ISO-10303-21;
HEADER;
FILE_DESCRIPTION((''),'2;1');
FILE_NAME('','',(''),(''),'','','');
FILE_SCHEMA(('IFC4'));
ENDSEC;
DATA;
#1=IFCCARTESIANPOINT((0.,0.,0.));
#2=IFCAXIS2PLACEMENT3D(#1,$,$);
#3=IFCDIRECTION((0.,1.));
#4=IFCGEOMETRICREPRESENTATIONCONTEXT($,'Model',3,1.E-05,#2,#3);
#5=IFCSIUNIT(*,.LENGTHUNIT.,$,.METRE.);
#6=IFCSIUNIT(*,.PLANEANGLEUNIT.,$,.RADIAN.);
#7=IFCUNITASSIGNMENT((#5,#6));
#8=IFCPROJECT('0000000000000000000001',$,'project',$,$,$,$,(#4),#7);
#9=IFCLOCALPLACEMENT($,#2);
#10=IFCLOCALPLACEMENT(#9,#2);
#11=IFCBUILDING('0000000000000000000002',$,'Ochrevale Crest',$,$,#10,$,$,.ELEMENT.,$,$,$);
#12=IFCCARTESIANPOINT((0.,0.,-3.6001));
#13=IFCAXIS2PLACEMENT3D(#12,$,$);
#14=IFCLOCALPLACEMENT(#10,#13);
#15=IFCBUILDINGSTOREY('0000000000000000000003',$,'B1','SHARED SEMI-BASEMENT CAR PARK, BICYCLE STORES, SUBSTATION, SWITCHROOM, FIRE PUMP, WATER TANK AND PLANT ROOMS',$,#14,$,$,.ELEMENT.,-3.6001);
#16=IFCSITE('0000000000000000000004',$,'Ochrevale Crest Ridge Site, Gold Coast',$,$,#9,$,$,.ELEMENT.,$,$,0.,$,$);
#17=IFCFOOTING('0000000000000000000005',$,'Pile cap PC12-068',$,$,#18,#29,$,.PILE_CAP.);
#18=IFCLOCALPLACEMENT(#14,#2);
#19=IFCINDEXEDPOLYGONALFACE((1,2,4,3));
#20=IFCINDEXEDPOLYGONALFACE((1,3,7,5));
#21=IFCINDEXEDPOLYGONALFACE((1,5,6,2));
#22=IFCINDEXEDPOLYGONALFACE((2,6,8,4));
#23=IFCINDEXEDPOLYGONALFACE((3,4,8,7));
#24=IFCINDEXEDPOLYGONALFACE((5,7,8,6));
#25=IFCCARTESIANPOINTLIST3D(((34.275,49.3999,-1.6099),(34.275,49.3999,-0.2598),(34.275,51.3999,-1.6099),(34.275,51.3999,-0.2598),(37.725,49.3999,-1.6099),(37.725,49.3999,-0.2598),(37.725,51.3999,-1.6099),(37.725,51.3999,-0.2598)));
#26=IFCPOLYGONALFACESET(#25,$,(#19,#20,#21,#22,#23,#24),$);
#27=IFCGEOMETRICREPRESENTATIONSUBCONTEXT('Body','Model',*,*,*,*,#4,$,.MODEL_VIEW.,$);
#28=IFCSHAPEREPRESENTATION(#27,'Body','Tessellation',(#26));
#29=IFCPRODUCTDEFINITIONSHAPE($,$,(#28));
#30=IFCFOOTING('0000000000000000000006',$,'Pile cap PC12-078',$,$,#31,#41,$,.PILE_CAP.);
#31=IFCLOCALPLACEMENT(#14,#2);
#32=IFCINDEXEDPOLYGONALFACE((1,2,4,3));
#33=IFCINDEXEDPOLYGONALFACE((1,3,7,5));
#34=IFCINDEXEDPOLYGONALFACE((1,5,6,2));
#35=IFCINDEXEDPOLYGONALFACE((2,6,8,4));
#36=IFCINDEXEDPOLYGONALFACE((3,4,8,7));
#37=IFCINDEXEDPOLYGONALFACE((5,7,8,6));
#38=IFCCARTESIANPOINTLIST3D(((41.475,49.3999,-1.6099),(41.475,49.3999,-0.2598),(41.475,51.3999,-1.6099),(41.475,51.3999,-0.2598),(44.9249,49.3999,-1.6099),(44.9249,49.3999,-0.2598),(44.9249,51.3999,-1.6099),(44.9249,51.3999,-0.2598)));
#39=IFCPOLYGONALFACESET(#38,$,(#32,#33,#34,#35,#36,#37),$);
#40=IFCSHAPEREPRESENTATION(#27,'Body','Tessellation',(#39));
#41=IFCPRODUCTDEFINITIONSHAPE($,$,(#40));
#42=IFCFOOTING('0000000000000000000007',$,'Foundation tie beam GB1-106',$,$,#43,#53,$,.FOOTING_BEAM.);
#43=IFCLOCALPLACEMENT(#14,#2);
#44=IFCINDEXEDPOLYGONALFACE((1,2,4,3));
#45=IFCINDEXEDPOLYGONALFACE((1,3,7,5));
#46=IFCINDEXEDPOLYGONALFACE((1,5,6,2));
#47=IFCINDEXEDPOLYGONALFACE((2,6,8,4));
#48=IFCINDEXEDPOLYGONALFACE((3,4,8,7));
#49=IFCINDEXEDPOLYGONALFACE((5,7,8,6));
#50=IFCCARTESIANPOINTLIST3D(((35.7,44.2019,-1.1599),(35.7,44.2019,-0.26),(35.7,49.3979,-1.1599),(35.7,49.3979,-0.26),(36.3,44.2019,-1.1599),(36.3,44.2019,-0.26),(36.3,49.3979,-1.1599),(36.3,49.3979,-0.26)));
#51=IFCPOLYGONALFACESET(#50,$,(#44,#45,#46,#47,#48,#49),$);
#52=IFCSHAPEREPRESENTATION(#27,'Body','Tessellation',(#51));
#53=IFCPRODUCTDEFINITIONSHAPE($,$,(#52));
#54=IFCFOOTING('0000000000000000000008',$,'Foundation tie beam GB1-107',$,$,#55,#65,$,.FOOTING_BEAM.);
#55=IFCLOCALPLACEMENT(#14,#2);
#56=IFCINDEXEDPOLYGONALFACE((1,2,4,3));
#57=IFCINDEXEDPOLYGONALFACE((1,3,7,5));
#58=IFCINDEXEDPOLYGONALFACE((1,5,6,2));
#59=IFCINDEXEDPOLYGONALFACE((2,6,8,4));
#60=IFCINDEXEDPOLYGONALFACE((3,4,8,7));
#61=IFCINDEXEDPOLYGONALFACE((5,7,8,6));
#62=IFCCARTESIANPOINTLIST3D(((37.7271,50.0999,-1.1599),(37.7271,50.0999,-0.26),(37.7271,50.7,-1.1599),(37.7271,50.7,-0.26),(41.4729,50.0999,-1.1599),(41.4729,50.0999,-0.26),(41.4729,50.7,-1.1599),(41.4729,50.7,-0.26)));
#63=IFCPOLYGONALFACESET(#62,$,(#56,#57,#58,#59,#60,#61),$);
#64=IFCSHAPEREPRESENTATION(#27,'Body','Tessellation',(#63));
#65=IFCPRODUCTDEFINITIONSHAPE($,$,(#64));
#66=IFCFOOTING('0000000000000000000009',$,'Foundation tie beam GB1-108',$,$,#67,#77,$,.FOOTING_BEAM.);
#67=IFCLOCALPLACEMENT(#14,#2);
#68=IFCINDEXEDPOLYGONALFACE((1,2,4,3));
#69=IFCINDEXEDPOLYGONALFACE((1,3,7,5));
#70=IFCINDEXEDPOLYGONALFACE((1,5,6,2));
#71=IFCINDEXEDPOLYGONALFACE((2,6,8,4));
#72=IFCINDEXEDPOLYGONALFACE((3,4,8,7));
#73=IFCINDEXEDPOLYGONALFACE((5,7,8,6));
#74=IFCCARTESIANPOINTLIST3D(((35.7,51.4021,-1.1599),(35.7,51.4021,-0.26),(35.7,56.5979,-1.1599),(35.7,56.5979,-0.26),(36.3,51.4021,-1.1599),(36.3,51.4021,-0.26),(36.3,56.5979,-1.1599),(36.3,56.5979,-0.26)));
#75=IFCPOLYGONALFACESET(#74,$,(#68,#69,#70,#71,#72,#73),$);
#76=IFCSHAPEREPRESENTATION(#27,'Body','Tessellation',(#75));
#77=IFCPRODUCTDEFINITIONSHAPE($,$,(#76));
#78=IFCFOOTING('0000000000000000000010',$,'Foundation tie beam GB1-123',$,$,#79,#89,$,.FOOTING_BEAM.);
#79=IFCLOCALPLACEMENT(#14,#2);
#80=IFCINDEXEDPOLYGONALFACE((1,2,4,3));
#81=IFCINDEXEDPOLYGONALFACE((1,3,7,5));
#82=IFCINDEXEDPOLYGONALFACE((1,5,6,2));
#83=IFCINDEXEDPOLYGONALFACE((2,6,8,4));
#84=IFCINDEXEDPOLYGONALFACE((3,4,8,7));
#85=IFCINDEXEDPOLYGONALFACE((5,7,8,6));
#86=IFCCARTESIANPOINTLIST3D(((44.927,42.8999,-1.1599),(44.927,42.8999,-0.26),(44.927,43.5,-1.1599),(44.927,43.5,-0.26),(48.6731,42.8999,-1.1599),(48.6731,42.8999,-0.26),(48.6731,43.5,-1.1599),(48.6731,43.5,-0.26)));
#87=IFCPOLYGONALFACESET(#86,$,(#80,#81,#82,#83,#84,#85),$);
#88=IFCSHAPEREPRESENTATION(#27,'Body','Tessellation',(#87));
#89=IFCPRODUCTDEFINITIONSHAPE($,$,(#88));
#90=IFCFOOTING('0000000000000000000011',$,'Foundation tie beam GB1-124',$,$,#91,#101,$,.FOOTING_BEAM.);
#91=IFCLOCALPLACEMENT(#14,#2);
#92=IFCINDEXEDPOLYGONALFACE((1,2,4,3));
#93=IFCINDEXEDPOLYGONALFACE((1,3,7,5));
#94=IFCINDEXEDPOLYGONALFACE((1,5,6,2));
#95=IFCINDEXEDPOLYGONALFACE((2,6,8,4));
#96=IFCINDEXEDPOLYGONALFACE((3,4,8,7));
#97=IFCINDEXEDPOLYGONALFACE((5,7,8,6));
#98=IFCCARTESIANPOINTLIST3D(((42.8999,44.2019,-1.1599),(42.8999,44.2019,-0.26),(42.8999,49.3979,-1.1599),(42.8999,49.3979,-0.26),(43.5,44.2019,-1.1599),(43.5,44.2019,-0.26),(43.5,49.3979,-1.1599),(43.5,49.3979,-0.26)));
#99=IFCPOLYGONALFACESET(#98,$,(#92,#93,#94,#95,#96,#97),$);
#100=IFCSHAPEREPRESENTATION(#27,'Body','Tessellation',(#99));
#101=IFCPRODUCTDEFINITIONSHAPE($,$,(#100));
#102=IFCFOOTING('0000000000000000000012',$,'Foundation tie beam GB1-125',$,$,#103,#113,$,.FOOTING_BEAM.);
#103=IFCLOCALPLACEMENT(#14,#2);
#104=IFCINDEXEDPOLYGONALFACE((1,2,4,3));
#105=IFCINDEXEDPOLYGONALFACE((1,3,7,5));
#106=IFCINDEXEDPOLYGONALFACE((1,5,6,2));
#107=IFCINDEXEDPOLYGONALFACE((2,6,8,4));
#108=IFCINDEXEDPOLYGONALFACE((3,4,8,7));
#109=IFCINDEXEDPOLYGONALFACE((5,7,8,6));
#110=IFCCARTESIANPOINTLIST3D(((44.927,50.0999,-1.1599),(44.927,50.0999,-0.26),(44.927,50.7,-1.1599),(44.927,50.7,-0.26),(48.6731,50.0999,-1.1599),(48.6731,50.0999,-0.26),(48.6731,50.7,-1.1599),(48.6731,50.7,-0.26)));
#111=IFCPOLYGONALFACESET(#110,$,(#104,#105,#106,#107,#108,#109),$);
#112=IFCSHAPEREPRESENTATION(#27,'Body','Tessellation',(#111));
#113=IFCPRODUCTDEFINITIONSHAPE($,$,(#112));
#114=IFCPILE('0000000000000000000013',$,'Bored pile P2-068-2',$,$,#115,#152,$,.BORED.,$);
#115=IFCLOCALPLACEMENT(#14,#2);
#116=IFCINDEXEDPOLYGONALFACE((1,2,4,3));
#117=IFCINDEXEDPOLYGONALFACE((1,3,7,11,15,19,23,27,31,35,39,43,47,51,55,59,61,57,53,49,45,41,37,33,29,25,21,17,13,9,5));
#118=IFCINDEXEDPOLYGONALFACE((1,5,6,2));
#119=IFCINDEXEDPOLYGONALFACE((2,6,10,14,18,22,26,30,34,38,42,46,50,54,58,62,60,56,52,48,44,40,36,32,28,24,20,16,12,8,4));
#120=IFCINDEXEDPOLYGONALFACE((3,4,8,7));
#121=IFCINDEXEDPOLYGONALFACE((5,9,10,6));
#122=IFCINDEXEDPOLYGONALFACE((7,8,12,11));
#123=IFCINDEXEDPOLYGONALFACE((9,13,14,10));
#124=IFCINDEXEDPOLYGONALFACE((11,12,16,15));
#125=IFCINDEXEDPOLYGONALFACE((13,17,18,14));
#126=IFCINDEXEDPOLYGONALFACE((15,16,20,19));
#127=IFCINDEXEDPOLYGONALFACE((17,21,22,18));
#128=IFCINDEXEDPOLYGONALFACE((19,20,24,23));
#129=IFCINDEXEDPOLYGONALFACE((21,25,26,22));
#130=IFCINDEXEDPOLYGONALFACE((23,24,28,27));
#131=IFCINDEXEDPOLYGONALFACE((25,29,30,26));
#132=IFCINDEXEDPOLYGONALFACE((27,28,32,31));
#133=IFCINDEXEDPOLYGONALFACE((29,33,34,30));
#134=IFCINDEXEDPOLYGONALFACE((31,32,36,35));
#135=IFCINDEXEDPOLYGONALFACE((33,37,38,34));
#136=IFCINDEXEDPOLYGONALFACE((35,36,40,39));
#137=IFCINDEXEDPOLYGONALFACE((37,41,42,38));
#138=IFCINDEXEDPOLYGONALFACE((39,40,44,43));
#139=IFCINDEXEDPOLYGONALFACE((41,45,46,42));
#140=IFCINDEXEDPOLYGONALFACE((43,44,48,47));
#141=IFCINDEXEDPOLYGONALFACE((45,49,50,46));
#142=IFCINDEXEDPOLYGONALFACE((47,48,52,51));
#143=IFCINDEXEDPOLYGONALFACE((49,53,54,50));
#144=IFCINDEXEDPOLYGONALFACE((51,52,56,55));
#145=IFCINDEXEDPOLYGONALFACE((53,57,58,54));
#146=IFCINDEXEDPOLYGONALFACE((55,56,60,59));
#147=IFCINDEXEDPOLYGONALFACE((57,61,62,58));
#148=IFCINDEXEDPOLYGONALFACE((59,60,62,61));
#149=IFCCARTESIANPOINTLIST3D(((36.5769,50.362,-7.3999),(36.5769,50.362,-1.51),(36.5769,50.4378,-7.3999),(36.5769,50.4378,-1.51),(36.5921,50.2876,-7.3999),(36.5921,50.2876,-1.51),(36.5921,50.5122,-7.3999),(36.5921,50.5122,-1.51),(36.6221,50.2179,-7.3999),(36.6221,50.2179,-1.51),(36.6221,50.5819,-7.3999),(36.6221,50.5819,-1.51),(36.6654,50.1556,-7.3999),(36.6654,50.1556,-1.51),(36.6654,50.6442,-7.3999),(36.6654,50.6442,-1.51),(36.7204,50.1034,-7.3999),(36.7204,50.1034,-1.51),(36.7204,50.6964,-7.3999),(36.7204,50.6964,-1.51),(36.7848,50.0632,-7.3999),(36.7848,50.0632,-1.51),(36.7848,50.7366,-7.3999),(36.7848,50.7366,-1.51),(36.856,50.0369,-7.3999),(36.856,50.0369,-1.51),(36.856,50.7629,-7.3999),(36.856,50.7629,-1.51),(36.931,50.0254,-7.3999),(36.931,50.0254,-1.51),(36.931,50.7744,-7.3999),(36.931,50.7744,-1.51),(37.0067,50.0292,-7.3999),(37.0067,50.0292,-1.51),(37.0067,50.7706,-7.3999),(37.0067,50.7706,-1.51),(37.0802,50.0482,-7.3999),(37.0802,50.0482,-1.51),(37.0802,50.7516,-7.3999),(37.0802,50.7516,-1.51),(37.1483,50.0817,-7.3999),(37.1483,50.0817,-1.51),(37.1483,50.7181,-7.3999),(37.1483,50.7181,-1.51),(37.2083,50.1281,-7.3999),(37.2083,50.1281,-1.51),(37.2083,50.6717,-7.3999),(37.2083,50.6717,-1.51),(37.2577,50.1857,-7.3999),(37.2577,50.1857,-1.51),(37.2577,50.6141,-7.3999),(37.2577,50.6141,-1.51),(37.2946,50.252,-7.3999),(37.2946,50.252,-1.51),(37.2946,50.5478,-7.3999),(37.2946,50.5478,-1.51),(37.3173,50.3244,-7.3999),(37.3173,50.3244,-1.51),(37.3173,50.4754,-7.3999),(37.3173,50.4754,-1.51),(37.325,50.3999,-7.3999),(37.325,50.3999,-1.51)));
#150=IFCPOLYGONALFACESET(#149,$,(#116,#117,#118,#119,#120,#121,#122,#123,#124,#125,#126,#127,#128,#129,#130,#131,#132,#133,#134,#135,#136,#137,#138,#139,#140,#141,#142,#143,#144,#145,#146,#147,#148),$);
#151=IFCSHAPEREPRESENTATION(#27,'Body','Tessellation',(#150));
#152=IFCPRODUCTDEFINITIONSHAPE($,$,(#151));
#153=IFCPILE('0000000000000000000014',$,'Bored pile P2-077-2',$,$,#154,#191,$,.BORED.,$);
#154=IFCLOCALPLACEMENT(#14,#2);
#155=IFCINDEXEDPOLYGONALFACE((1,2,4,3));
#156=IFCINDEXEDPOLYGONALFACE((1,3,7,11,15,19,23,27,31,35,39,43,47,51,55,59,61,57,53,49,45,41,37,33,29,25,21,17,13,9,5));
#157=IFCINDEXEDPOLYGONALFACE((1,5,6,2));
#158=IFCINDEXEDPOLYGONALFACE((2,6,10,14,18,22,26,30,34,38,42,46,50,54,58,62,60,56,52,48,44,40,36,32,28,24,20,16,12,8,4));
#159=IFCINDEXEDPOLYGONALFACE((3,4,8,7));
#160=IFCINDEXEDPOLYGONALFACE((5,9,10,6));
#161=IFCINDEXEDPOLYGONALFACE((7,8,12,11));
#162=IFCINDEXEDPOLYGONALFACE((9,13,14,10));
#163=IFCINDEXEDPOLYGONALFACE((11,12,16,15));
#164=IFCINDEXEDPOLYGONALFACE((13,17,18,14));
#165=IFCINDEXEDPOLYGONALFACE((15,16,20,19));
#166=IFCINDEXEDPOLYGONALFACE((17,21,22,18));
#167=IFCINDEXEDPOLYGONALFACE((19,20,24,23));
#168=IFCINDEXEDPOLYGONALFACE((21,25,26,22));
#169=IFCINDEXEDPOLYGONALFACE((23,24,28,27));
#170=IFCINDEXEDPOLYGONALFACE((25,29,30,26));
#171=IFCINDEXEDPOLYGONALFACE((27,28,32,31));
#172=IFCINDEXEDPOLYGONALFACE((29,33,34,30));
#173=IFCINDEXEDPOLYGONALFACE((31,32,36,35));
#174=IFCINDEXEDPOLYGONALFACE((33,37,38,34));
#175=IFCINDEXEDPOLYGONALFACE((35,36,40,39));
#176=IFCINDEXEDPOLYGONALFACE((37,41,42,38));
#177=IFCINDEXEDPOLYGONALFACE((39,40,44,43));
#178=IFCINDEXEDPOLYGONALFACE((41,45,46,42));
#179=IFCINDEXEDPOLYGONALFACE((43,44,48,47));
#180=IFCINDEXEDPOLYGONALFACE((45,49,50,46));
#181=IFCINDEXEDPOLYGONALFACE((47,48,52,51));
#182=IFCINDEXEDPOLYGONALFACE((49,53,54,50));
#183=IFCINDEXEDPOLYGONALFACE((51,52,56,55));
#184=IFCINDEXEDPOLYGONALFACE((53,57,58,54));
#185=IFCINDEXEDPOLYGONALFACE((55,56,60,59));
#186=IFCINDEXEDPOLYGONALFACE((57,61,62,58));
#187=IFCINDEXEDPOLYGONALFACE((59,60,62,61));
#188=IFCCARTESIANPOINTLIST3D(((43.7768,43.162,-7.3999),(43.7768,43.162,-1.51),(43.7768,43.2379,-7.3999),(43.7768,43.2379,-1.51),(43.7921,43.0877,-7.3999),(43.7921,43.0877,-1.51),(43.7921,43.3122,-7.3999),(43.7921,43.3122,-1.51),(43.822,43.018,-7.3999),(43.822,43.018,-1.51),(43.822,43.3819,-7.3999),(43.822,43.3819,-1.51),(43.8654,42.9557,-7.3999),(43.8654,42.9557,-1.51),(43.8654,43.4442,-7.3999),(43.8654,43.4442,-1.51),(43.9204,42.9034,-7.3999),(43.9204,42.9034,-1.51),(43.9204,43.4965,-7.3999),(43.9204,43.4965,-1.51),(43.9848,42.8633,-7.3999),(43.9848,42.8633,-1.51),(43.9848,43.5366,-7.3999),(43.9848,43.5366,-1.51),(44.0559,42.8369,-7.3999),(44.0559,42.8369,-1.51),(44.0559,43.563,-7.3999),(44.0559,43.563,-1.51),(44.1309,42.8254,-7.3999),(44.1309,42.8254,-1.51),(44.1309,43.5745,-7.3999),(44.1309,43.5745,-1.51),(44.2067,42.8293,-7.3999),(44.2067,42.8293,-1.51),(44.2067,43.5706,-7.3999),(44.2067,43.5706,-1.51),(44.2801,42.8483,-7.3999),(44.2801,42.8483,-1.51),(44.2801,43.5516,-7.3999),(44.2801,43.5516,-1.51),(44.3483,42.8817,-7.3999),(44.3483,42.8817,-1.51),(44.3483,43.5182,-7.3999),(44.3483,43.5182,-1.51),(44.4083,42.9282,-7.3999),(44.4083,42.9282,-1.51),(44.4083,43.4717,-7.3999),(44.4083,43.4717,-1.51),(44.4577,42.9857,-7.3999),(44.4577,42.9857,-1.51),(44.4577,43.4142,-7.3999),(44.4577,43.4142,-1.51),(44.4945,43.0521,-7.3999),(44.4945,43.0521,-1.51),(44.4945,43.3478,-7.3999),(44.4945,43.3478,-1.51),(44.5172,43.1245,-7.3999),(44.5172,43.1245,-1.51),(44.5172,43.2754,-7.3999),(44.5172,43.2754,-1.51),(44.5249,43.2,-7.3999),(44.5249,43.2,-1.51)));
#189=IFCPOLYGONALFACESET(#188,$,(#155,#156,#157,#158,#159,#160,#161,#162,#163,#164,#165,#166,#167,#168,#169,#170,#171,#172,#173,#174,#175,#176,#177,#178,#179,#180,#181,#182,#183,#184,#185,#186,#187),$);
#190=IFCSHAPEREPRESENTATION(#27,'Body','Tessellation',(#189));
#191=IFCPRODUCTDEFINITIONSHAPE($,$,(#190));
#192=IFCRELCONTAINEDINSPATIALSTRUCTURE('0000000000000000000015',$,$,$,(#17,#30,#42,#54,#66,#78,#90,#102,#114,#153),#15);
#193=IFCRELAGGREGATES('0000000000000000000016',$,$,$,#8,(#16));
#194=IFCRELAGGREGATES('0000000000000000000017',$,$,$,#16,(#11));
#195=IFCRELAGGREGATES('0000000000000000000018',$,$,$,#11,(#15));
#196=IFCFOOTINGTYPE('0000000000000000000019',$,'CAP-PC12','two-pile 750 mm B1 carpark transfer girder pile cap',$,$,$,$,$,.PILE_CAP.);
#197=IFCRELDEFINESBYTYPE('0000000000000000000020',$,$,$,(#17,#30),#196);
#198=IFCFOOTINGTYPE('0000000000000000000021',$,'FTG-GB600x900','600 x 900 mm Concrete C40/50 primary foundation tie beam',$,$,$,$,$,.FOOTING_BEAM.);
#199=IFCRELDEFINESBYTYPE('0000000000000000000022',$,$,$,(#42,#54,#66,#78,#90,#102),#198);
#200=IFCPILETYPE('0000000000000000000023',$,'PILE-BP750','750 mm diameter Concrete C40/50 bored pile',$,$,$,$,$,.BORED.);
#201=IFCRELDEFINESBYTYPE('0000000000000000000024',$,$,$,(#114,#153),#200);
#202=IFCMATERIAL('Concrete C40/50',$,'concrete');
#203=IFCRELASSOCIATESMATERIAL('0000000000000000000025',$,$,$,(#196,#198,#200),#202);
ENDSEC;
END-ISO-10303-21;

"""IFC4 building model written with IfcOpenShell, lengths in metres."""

from ifc_helpers import new_model, si_unit, direction, frame, origin, origin_2d, place, context, subcontext, project, spatial, rectangle, circle, extrude, material, material_profile, profile_set, type_object, element, save


model = new_model("IFC4")

# Units and contexts
model_context = context("Model", 3, precision=1e-05, world=origin(), true_north=direction((0.0, 1.0)))
body_context = subcontext(model_context, "Body", "Model", "MODEL_VIEW")
ifc_project = project(units=[si_unit("LENGTHUNIT", "METRE"), si_unit("PLANEANGLEUNIT", "RADIAN")], contexts=[model_context])

# Site, building, storey
site_placement = place(None, origin())
site = spatial("IfcSite", under=ifc_project, at=site_placement, Name="Ochrevale Crest Ridge Site, Gold Coast", CompositionType="ELEMENT", RefElevation=0.0)
building_placement = place(site_placement, origin())
building = spatial("IfcBuilding", under=site, at=building_placement, Name="Ochrevale Crest", CompositionType="ELEMENT")
storey_placement = place(building_placement, frame((0.0, 0.0, -3.6001)))
storey = spatial("IfcBuildingStorey", under=building, at=storey_placement, Name="B1", Description="SHARED SEMI-BASEMENT CAR PARK, BICYCLE STORES, SUBSTATION, SWITCHROOM, FIRE PUMP, WATER TANK AND PLANT ROOMS", CompositionType="ELEMENT", Elevation=-3.6001)

# Footings
ifc_material_1 = material(Name="Concrete C40/50", Category="concrete")
footing_type_1 = type_object("IfcFootingType", Name="CAP-PC12", Description="two-pile 750 mm B1 carpark transfer girder pile cap", PredefinedType="PILE_CAP", material=ifc_material_1)
for number, where, z_axis, x_axis, name in (
    (1, (36.0, 50.3999, -1.6099), (0.0, 0.0, 1.0), (1.0, 0.0, 0.0), "Pile cap PC12-068"),
    (2, (43.2, 50.3999, -1.6099), (0.0, 0.0, 1.0), (1.0, 0.0, 0.0), "Pile cap PC12-078"),
):
    element("IfcFooting", number, at=place(storey_placement, frame(where, z_axis=z_axis, x_axis=x_axis)), inside=storey, type_object=footing_type_1, Name=name, PredefinedType="PILE_CAP", context=body_context, shape_type="SweptSolid", body=[
        extrude(rectangle(XDim=3.45, YDim=2.0, at=origin_2d()), origin(), (0.0, 0.0, 1.0), 1.3501),
    ])
ifc_material_profile_1 = material_profile(ifc_material_1, rectangle(XDim=0.6001, YDim=0.8999, at=origin_2d()), Name="GB 600x900")
ifc_profile_set_1 = profile_set([ifc_material_profile_1], Name="Concrete C40/50")
footing_type_2 = type_object("IfcFootingType", Name="FTG-GB600x900", Description="600 x 900 mm Concrete C40/50 primary foundation tie beam", PredefinedType="FOOTING_BEAM", material=ifc_profile_set_1)
footing_1_placement = place(storey_placement, frame((36.0, 44.2019, -0.71), z_axis=(0.0, 1.0, 0.0), x_axis=(-1.0, 0.0, 0.0)))
element("IfcFooting", 3, at=footing_1_placement, inside=storey, type_object=footing_type_2, Name="Foundation tie beam GB1-106", PredefinedType="FOOTING_BEAM", context=body_context, shape_type="SweptSolid", body=[
    extrude(rectangle(XDim=0.6001, YDim=0.8999, at=origin_2d()), origin(), (0.0, 0.0, 1.0), 5.196),
])
footing_2_placement = place(storey_placement, frame((37.7271, 50.3999, -0.71), z_axis=(1.0, 0.0, 0.0), x_axis=(0.0, 1.0, 0.0)))
element("IfcFooting", 4, at=footing_2_placement, inside=storey, type_object=footing_type_2, Name="Foundation tie beam GB1-107", PredefinedType="FOOTING_BEAM", context=body_context, shape_type="SweptSolid", body=[
    extrude(rectangle(XDim=0.6001, YDim=0.8999, at=origin_2d()), origin(), (0.0, 0.0, 1.0), 3.7458),
])
footing_3_placement = place(storey_placement, frame((36.0, 51.4021, -0.71), z_axis=(0.0, 1.0, 0.0), x_axis=(-1.0, 0.0, 0.0)))
element("IfcFooting", 5, at=footing_3_placement, inside=storey, type_object=footing_type_2, Name="Foundation tie beam GB1-108", PredefinedType="FOOTING_BEAM", context=body_context, shape_type="SweptSolid", body=[
    extrude(rectangle(XDim=0.6001, YDim=0.8999, at=origin_2d()), origin(), (0.0, 0.0, 1.0), 5.1958),
])
footing_4_placement = place(storey_placement, frame((44.927, 43.2, -0.71), z_axis=(1.0, 0.0, 0.0), x_axis=(0.0, 1.0, 0.0)))
element("IfcFooting", 6, at=footing_4_placement, inside=storey, type_object=footing_type_2, Name="Foundation tie beam GB1-123", PredefinedType="FOOTING_BEAM", context=body_context, shape_type="SweptSolid", body=[
    extrude(rectangle(XDim=0.6001, YDim=0.8999, at=origin_2d()), origin(), (0.0, 0.0, 1.0), 3.7461),
])
footing_5_placement = place(storey_placement, frame((43.2, 44.2019, -0.71), z_axis=(0.0, 1.0, 0.0), x_axis=(-1.0, 0.0, 0.0)))
element("IfcFooting", 7, at=footing_5_placement, inside=storey, type_object=footing_type_2, Name="Foundation tie beam GB1-124", PredefinedType="FOOTING_BEAM", context=body_context, shape_type="SweptSolid", body=[
    extrude(rectangle(XDim=0.6001, YDim=0.8999, at=origin_2d()), origin(), (0.0, 0.0, 1.0), 5.196),
])
footing_6_placement = place(storey_placement, frame((44.927, 50.3999, -0.71), z_axis=(1.0, 0.0, 0.0), x_axis=(0.0, 1.0, 0.0)))
element("IfcFooting", 8, at=footing_6_placement, inside=storey, type_object=footing_type_2, Name="Foundation tie beam GB1-125", PredefinedType="FOOTING_BEAM", context=body_context, shape_type="SweptSolid", body=[
    extrude(rectangle(XDim=0.6001, YDim=0.8999, at=origin_2d()), origin(), (0.0, 0.0, 1.0), 3.7461),
])

# Piles
ifc_material_profile_2 = material_profile(ifc_material_1, circle(Radius=0.375, at=origin_2d()), Name="BORED PILE 750")
ifc_profile_set_2 = profile_set([ifc_material_profile_2], Name="Concrete C40/50")
pile_type = type_object("IfcPileType", Name="PILE-BP750", Description="750 mm diameter Concrete C40/50 bored pile", PredefinedType="BORED", material=ifc_profile_set_2)
for number, where, z_axis, x_axis, name in (
    (9, (36.95, 50.3999, -1.51), (0.0, 0.0, -1.0), (1.0, 0.0, 0.0), "Bored pile P2-068-2"),
    (10, (44.1499, 43.2, -1.51), (0.0, 0.0, -1.0), (1.0, 0.0, 0.0), "Bored pile P2-077-2"),
):
    element("IfcPile", number, at=place(storey_placement, frame(where, z_axis=z_axis, x_axis=x_axis)), inside=storey, type_object=pile_type, Name=name, PredefinedType="BORED", context=body_context, shape_type="SweptSolid", body=[
        extrude(circle(Radius=0.375, at=origin_2d()), origin(), (0.0, 0.0, 1.0), 5.8899),
    ])

save(model, "model.ifc")
